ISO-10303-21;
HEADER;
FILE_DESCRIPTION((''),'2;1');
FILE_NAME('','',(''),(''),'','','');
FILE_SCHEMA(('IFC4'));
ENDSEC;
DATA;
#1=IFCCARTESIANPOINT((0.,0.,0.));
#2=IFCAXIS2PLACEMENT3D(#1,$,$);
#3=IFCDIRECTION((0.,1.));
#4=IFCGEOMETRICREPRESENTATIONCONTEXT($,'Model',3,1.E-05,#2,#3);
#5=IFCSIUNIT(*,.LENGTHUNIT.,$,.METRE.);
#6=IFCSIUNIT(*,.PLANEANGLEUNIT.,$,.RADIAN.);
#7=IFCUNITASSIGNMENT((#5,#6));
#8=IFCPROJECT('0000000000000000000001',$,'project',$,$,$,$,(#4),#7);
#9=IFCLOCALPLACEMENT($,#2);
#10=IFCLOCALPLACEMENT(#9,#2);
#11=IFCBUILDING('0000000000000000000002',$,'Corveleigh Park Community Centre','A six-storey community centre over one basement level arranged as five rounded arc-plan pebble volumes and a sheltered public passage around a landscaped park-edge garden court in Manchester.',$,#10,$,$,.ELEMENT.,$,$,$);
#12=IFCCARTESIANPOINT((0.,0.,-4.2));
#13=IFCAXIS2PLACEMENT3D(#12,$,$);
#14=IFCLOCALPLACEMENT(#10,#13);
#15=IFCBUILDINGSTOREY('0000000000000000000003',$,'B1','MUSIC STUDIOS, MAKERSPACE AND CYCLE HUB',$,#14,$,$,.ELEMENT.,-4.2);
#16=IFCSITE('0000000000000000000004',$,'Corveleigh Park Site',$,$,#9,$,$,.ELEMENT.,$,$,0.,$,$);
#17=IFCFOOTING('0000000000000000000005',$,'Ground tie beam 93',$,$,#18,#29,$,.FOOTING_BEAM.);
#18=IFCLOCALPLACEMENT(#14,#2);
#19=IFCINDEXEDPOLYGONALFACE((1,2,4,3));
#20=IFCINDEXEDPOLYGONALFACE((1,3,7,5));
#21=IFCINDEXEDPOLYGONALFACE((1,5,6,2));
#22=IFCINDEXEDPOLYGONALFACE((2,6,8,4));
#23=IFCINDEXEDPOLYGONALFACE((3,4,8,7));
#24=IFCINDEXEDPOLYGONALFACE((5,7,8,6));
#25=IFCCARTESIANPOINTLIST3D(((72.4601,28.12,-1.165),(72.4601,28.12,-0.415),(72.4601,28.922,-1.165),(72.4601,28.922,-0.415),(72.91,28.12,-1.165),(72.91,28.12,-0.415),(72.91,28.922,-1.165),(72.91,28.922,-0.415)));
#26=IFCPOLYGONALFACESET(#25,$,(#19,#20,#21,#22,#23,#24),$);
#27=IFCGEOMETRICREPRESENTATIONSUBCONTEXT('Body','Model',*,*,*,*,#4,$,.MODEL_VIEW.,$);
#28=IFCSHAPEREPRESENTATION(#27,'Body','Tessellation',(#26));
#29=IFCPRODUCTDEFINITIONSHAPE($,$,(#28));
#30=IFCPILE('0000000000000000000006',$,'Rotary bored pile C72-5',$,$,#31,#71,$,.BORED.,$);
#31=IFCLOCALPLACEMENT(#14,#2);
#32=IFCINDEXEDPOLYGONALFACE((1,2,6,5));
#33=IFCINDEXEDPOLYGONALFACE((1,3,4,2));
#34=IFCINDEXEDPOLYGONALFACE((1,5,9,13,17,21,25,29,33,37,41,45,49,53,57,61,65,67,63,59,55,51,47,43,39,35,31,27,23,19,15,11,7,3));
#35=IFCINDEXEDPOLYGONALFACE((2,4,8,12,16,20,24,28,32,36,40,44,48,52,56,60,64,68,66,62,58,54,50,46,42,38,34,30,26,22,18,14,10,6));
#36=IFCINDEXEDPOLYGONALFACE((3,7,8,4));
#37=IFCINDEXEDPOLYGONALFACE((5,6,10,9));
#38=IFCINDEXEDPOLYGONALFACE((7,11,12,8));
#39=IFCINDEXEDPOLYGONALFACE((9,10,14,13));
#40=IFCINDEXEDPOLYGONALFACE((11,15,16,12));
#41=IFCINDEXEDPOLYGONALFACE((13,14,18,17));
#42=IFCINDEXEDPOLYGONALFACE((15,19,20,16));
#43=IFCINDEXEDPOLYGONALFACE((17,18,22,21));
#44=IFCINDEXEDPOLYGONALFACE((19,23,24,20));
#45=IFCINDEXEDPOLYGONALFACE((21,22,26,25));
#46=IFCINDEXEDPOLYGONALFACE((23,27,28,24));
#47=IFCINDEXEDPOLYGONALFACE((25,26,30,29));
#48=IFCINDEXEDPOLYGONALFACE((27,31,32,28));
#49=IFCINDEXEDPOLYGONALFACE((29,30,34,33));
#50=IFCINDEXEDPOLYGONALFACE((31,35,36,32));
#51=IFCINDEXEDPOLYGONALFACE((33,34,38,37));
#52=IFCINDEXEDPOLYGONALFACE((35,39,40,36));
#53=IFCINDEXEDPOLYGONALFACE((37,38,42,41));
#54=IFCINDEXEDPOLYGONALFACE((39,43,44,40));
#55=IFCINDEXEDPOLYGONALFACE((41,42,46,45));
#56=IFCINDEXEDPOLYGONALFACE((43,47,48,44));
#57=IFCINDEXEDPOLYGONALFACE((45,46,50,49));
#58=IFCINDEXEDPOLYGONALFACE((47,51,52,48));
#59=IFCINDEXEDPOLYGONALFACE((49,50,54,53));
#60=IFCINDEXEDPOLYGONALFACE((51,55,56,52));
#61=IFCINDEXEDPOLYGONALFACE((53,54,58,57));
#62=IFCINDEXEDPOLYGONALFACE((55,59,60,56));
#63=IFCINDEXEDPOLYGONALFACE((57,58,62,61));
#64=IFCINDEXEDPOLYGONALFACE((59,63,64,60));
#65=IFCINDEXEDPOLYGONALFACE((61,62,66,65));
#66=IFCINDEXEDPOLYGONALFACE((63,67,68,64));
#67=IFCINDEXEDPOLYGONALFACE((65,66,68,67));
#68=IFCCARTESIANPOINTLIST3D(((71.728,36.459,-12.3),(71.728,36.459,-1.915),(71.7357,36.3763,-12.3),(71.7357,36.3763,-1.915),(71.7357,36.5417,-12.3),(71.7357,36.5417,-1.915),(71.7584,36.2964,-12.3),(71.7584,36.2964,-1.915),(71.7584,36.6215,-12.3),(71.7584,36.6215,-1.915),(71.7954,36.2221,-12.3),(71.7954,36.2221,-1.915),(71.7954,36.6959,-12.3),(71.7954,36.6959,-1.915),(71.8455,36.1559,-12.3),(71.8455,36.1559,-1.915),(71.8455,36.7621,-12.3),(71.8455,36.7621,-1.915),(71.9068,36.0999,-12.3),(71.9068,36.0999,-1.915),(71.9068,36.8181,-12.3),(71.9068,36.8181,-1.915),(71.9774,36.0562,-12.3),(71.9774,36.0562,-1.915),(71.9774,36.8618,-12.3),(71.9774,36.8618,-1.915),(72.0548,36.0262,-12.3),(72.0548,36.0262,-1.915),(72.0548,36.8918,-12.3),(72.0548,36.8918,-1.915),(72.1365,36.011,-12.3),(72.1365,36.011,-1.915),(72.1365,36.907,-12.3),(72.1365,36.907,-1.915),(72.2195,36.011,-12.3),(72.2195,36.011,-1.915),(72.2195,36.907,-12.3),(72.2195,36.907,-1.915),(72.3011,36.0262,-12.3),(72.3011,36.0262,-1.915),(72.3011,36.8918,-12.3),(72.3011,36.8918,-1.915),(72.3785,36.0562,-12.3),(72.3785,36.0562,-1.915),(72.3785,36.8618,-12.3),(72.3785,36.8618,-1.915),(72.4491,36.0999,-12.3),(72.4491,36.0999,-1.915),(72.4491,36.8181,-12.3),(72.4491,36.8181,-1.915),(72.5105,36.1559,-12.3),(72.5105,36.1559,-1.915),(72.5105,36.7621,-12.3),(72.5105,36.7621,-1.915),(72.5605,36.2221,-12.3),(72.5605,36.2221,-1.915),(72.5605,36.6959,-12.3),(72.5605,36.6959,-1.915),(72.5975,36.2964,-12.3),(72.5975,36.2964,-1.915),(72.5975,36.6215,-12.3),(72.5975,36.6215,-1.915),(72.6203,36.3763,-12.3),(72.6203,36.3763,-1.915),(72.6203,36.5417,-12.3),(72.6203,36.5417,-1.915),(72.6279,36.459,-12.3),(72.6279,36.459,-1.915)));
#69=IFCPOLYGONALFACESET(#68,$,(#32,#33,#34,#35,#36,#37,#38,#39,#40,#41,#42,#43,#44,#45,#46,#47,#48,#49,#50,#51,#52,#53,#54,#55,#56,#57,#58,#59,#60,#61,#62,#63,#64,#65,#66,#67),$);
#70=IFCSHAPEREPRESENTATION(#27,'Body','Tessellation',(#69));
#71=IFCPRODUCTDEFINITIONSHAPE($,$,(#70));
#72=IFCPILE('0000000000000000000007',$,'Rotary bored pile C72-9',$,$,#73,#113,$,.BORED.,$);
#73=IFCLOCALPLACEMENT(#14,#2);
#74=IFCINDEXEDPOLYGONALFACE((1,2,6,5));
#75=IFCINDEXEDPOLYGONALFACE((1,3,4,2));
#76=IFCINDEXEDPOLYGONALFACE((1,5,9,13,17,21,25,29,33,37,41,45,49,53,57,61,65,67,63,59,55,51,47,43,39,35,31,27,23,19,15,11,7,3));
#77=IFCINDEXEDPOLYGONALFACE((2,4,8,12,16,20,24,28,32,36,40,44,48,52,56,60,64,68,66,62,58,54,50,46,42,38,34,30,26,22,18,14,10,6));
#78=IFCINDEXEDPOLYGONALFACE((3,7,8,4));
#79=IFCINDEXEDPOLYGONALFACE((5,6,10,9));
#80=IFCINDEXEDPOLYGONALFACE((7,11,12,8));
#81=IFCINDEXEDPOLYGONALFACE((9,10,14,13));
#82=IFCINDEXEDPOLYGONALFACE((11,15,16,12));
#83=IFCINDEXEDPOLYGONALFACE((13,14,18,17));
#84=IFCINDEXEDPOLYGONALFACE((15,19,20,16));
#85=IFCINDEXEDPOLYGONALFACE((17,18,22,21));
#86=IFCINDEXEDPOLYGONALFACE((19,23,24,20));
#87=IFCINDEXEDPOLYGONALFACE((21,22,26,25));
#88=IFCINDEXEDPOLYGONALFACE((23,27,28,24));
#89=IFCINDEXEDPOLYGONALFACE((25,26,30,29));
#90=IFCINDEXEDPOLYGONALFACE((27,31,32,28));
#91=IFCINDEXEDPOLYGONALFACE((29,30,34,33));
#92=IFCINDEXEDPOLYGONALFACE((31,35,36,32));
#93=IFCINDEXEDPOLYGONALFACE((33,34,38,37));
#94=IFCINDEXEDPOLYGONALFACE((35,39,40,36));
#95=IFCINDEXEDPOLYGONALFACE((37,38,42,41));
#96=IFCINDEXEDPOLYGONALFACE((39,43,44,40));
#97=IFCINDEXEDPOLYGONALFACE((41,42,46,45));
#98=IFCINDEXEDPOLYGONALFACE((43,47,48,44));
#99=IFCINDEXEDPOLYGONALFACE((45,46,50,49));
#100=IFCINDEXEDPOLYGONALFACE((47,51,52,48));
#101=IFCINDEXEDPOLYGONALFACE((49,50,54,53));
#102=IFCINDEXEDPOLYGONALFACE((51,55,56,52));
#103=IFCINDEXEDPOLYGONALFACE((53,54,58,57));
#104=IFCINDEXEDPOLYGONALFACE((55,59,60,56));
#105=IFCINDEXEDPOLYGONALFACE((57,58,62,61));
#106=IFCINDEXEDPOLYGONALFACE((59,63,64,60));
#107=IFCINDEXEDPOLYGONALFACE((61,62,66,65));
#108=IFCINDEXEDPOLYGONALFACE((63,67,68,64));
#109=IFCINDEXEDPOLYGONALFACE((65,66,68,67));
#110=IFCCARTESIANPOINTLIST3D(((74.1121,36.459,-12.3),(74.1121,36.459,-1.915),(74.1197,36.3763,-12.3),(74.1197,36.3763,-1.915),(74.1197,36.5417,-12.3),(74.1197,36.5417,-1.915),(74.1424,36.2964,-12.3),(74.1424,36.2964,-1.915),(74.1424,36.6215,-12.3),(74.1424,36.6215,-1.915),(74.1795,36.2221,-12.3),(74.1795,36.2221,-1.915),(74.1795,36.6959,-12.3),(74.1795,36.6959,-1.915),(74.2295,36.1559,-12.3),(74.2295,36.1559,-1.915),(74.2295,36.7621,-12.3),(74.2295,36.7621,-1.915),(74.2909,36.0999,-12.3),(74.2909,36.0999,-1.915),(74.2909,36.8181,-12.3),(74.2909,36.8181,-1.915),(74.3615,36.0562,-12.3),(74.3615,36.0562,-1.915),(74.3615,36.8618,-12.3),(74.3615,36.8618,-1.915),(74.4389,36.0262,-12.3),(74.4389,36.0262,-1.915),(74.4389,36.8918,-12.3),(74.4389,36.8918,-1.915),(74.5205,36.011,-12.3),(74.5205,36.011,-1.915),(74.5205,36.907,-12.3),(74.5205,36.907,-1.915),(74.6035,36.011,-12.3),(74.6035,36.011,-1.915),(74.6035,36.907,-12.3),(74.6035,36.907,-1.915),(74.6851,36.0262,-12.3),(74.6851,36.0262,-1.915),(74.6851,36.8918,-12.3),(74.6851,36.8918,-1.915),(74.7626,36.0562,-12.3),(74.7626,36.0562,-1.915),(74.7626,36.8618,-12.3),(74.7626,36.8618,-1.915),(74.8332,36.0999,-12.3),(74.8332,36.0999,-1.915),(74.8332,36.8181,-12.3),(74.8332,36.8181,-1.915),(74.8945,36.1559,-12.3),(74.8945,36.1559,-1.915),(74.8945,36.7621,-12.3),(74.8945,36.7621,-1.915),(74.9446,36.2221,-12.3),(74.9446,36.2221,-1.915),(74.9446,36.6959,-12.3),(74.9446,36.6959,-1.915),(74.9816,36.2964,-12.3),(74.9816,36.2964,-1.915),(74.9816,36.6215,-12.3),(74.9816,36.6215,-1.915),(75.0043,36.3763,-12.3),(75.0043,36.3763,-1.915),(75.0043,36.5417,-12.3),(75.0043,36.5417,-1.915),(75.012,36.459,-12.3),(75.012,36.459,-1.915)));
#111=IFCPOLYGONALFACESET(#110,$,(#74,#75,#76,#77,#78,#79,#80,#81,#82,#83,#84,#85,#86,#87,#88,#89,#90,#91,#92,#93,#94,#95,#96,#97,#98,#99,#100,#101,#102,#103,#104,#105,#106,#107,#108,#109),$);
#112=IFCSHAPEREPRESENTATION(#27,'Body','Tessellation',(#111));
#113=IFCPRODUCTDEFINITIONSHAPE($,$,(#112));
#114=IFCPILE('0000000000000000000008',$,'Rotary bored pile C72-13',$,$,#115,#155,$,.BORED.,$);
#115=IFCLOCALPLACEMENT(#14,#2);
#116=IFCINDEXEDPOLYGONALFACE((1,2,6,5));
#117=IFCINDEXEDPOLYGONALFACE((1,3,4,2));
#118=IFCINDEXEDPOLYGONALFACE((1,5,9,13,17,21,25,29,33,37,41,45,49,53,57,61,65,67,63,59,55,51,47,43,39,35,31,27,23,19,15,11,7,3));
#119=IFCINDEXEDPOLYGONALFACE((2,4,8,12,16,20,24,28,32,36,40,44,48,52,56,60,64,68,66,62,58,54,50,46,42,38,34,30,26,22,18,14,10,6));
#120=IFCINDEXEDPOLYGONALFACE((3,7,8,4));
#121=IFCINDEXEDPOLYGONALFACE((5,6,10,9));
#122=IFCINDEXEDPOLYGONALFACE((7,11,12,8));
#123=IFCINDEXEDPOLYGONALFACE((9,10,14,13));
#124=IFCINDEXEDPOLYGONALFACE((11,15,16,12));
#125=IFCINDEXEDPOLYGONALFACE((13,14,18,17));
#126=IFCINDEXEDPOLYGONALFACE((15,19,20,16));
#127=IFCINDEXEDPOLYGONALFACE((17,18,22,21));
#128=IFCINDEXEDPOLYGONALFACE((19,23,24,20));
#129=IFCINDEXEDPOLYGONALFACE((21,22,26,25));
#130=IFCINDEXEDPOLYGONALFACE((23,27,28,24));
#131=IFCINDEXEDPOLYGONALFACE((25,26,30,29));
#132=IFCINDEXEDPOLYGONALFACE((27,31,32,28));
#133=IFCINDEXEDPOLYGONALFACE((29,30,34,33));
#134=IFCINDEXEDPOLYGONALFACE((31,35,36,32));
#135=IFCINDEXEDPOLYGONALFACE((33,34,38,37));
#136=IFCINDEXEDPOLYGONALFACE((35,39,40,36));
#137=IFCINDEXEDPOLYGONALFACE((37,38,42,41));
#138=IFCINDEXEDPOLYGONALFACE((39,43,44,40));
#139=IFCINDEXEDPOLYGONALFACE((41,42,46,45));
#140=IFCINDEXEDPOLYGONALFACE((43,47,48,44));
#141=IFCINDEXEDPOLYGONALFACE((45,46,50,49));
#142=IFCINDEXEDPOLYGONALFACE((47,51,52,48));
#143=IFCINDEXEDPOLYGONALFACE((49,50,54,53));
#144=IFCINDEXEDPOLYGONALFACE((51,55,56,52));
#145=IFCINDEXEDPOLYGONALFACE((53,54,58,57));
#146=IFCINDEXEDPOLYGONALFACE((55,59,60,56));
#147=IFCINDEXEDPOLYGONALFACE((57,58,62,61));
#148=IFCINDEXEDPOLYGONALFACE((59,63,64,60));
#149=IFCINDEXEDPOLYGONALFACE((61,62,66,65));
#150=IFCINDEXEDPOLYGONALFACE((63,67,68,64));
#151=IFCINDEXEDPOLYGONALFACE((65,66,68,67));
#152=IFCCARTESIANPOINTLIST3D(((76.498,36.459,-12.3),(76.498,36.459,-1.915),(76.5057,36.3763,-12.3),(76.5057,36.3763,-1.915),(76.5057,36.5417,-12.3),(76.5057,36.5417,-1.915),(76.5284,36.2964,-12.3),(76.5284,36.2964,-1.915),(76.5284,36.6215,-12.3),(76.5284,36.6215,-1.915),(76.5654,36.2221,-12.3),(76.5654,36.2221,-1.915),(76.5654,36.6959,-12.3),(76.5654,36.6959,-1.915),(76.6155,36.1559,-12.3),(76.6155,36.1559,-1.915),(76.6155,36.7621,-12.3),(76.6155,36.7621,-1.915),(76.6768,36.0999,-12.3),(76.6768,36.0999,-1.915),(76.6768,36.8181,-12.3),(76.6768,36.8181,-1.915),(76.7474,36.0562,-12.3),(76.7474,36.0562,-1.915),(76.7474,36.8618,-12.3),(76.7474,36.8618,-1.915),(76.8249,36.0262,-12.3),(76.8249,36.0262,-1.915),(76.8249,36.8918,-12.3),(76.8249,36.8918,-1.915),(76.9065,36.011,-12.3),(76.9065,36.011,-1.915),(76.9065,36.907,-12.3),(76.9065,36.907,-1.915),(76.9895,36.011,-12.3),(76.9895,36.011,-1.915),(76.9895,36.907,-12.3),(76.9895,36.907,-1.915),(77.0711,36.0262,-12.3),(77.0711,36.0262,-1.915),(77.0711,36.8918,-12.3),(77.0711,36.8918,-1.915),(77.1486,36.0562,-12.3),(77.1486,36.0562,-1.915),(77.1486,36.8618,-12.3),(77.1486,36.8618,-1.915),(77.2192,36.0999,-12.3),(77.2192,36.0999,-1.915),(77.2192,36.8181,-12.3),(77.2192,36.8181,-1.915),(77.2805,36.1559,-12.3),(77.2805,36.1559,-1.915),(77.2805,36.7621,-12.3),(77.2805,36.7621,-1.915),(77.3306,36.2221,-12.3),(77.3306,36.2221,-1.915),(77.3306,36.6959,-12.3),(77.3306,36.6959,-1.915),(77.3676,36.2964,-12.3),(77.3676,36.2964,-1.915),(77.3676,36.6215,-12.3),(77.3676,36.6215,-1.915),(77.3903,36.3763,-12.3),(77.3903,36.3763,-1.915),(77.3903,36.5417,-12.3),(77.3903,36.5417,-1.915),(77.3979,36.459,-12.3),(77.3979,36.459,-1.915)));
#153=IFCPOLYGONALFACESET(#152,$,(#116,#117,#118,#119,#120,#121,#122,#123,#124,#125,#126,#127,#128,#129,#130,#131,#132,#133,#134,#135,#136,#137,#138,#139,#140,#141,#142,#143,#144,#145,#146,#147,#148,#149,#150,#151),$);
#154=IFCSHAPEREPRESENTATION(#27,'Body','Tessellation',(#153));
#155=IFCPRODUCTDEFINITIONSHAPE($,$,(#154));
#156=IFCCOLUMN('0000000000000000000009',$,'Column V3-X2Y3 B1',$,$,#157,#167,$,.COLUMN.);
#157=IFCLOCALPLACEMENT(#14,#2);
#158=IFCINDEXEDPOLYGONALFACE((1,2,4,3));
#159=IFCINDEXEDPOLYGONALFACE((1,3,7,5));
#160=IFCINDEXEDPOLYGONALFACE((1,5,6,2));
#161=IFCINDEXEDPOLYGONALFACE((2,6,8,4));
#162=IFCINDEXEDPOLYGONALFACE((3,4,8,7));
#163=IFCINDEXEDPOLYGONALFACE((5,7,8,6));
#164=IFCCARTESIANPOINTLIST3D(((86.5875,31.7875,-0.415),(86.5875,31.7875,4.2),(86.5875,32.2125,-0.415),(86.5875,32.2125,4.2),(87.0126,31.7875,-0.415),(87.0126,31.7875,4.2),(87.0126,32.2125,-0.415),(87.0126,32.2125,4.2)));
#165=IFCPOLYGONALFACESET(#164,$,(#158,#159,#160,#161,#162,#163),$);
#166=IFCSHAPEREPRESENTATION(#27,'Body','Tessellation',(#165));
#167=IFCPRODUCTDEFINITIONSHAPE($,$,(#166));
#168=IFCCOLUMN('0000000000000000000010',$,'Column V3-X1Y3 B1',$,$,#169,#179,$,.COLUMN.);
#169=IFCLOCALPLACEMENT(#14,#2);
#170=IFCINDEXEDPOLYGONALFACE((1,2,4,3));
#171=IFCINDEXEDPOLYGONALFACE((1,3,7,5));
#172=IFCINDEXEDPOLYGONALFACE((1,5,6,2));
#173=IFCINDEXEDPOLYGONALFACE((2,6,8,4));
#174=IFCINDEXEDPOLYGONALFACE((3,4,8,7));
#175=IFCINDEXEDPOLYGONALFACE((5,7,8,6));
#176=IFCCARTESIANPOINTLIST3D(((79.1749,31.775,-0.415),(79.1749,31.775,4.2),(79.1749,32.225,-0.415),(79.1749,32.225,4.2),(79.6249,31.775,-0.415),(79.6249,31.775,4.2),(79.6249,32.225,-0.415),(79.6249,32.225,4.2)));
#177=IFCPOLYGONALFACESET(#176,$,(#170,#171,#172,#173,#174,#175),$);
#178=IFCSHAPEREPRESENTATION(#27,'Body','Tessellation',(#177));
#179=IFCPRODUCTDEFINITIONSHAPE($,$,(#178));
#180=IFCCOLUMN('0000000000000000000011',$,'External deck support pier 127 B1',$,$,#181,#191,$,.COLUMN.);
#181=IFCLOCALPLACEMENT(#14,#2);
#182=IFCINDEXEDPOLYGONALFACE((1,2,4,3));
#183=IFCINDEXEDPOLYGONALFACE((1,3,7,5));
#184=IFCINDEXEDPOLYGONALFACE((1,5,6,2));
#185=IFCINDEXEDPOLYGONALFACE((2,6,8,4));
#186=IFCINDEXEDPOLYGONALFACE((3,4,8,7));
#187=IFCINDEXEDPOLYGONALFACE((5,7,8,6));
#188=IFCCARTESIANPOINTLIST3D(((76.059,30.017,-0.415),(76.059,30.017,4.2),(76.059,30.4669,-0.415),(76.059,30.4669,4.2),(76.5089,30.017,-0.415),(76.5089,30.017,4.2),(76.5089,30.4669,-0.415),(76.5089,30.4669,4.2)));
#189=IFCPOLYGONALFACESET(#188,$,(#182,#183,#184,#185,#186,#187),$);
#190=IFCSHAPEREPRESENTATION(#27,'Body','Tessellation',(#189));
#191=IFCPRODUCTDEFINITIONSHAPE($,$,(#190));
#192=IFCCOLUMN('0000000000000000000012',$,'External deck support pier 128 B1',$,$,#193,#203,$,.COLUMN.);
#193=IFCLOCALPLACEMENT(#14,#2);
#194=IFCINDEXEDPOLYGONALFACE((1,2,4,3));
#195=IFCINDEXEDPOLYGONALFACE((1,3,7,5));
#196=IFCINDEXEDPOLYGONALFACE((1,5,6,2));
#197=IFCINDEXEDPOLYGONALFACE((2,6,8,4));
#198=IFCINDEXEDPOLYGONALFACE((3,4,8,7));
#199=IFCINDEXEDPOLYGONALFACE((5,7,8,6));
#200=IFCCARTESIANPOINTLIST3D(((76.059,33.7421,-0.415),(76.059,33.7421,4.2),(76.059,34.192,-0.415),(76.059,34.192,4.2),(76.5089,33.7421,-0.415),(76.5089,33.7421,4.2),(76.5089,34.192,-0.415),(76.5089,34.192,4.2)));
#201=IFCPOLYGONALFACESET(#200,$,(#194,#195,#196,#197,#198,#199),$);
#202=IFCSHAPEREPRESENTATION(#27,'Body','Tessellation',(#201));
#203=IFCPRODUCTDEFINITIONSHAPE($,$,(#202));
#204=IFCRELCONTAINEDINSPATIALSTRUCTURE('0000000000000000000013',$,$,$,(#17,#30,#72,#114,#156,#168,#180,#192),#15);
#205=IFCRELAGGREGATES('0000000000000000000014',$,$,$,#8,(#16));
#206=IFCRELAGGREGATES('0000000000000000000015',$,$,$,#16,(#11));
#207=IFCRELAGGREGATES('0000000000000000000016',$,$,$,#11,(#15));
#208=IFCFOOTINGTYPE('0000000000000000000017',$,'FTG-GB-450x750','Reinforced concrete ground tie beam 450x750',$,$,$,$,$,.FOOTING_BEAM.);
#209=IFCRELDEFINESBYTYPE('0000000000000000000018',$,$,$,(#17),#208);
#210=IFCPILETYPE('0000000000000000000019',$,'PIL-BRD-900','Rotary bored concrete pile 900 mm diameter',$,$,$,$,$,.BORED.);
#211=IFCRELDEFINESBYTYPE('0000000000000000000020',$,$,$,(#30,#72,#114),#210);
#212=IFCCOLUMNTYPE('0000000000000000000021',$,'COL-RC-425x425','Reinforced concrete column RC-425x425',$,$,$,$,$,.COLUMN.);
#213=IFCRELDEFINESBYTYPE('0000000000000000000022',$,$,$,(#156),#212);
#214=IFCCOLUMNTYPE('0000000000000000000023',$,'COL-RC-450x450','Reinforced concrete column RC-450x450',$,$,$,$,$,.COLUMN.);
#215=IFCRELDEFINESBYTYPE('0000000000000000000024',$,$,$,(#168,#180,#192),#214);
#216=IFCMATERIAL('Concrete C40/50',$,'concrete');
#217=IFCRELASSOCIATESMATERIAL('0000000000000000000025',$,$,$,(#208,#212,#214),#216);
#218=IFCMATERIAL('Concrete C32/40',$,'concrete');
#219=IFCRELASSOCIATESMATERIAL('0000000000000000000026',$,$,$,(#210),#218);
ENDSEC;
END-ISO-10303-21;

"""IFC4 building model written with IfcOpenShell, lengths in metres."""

from ifc_helpers import new_model, si_unit, direction, frame, origin, origin_2d, place, context, subcontext, project, spatial, rectangle, circle, extrude, material, material_profile, profile_set, type_object, element, save


model = new_model("IFC4")

# Units and contexts
model_context = context("Model", 3, precision=1e-05, world=origin(), true_north=direction((0.0, 1.0)))
body_context = subcontext(model_context, "Body", "Model", "MODEL_VIEW")
ifc_project = project(units=[si_unit("LENGTHUNIT", "METRE"), si_unit("PLANEANGLEUNIT", "RADIAN")], contexts=[model_context])

# Site, building, storey
site_placement = place(None, origin())
site = spatial("IfcSite", under=ifc_project, at=site_placement, Name="Corveleigh Park Site", CompositionType="ELEMENT", RefElevation=0.0)
building_placement = place(site_placement, origin())
building = spatial("IfcBuilding", under=site, at=building_placement, Name="Corveleigh Park Community Centre", Description="A six-storey community centre over one basement level arranged as five rounded arc-plan pebble volumes and a sheltered public passage around a landscaped park-edge garden court in Manchester.", CompositionType="ELEMENT")
storey_placement = place(building_placement, frame((0.0, 0.0, -4.2)))
storey = spatial("IfcBuildingStorey", under=building, at=storey_placement, Name="B1", Description="MUSIC STUDIOS, MAKERSPACE AND CYCLE HUB", CompositionType="ELEMENT", Elevation=-4.2)

# Footing
ifc_material_1 = material(Name="Concrete C40/50", Category="concrete")
footing_type = type_object("IfcFootingType", Name="FTG-GB-450x750", Description="Reinforced concrete ground tie beam 450x750", PredefinedType="FOOTING_BEAM", material=ifc_material_1)
footing_placement = place(storey_placement, frame((72.6851, 28.521, -1.165), z_axis=(0.0, 0.0, 1.0), x_axis=(1.0, 0.0, 0.0)))
element("IfcFooting", 1, at=footing_placement, inside=storey, type_object=footing_type, Name="Ground tie beam 93", PredefinedType="FOOTING_BEAM", context=body_context, shape_type="SweptSolid", body=[
    extrude(rectangle(XDim=0.45, YDim=0.802, at=origin_2d()), origin(), (0.0, 0.0, 1.0), 0.75),
])

# Piles
ifc_material_2 = material(Name="Concrete C32/40", Category="concrete")
ifc_material_profile_1 = material_profile(ifc_material_2, circle(Radius=0.45, at=origin_2d()), Name="BORED-PILE-900", Category="concrete")
ifc_profile_set_1 = profile_set([ifc_material_profile_1], Name="Concrete C32/40")
pile_type = type_object("IfcPileType", Name="PIL-BRD-900", Description="Rotary bored concrete pile 900 mm diameter", PredefinedType="BORED", material=ifc_profile_set_1)
for number, where, z_axis, x_axis, name in (
    (2, (72.178, 36.459, -1.915), (0.0, 0.0, -1.0), (1.0, 0.0, 0.0), "Rotary bored pile C72-5"),
    (3, (74.562, 36.459, -1.915), (0.0, 0.0, -1.0), (1.0, 0.0, 0.0), "Rotary bored pile C72-9"),
    (4, (76.948, 36.459, -1.915), (0.0, 0.0, -1.0), (1.0, 0.0, 0.0), "Rotary bored pile C72-13"),
):
    element("IfcPile", number, at=place(storey_placement, frame(where, z_axis=z_axis, x_axis=x_axis)), inside=storey, type_object=pile_type, Name=name, PredefinedType="BORED", context=body_context, shape_type="SweptSolid", body=[
        extrude(circle(Radius=0.45, at=origin_2d()), origin(), (0.0, 0.0, 1.0), 10.385),
    ])

# Columns
ifc_material_profile_2 = material_profile(ifc_material_1, rectangle(XDim=0.425, YDim=0.425, at=origin_2d()), Name="RC-425x425", Category="concrete")
ifc_profile_set_2 = profile_set([ifc_material_profile_2], Name="Concrete C40/50")
column_type_1 = type_object("IfcColumnType", Name="COL-RC-425x425", Description="Reinforced concrete column RC-425x425", PredefinedType="COLUMN", material=ifc_profile_set_2)
column_1_placement = place(storey_placement, frame((86.8, 32.0, -0.415), z_axis=(0.0, 0.0, 1.0), x_axis=(1.0, 0.0, 0.0)))
element("IfcColumn", 5, at=column_1_placement, inside=storey, type_object=column_type_1, Name="Column V3-X2Y3 B1", PredefinedType="COLUMN", context=body_context, shape_type="SweptSolid", body=[
    extrude(rectangle(XDim=0.425, YDim=0.425, at=origin_2d()), origin(), (0.0, 0.0, 1.0), 4.615),
])
ifc_material_profile_3 = material_profile(ifc_material_1, rectangle(XDim=0.45, YDim=0.45, at=origin_2d()), Name="RC-450x450", Category="concrete")
ifc_profile_set_3 = profile_set([ifc_material_profile_3], Name="Concrete C40/50")
column_type_2 = type_object("IfcColumnType", Name="COL-RC-450x450", Description="Reinforced concrete column RC-450x450", PredefinedType="COLUMN", material=ifc_profile_set_3)
for number, where, z_axis, x_axis, name in (
    (6, (79.3999, 32.0, -0.415), (0.0, 0.0, 1.0), (1.0, 0.0, 0.0), "Column V3-X1Y3 B1"),
    (7, (76.2839, 30.2419, -0.415), (0.0, 0.0, 1.0), (1.0, 0.0, 0.0), "External deck support pier 127 B1"),
    (8, (76.2839, 33.967, -0.415), (0.0, 0.0, 1.0), (1.0, 0.0, 0.0), "External deck support pier 128 B1"),
):
    element("IfcColumn", number, at=place(storey_placement, frame(where, z_axis=z_axis, x_axis=x_axis)), inside=storey, type_object=column_type_2, Name=name, PredefinedType="COLUMN", context=body_context, shape_type="SweptSolid", body=[
        extrude(rectangle(XDim=0.45, YDim=0.45, at=origin_2d()), origin(), (0.0, 0.0, 1.0), 4.615),
    ])

save(model, "model.ifc")
